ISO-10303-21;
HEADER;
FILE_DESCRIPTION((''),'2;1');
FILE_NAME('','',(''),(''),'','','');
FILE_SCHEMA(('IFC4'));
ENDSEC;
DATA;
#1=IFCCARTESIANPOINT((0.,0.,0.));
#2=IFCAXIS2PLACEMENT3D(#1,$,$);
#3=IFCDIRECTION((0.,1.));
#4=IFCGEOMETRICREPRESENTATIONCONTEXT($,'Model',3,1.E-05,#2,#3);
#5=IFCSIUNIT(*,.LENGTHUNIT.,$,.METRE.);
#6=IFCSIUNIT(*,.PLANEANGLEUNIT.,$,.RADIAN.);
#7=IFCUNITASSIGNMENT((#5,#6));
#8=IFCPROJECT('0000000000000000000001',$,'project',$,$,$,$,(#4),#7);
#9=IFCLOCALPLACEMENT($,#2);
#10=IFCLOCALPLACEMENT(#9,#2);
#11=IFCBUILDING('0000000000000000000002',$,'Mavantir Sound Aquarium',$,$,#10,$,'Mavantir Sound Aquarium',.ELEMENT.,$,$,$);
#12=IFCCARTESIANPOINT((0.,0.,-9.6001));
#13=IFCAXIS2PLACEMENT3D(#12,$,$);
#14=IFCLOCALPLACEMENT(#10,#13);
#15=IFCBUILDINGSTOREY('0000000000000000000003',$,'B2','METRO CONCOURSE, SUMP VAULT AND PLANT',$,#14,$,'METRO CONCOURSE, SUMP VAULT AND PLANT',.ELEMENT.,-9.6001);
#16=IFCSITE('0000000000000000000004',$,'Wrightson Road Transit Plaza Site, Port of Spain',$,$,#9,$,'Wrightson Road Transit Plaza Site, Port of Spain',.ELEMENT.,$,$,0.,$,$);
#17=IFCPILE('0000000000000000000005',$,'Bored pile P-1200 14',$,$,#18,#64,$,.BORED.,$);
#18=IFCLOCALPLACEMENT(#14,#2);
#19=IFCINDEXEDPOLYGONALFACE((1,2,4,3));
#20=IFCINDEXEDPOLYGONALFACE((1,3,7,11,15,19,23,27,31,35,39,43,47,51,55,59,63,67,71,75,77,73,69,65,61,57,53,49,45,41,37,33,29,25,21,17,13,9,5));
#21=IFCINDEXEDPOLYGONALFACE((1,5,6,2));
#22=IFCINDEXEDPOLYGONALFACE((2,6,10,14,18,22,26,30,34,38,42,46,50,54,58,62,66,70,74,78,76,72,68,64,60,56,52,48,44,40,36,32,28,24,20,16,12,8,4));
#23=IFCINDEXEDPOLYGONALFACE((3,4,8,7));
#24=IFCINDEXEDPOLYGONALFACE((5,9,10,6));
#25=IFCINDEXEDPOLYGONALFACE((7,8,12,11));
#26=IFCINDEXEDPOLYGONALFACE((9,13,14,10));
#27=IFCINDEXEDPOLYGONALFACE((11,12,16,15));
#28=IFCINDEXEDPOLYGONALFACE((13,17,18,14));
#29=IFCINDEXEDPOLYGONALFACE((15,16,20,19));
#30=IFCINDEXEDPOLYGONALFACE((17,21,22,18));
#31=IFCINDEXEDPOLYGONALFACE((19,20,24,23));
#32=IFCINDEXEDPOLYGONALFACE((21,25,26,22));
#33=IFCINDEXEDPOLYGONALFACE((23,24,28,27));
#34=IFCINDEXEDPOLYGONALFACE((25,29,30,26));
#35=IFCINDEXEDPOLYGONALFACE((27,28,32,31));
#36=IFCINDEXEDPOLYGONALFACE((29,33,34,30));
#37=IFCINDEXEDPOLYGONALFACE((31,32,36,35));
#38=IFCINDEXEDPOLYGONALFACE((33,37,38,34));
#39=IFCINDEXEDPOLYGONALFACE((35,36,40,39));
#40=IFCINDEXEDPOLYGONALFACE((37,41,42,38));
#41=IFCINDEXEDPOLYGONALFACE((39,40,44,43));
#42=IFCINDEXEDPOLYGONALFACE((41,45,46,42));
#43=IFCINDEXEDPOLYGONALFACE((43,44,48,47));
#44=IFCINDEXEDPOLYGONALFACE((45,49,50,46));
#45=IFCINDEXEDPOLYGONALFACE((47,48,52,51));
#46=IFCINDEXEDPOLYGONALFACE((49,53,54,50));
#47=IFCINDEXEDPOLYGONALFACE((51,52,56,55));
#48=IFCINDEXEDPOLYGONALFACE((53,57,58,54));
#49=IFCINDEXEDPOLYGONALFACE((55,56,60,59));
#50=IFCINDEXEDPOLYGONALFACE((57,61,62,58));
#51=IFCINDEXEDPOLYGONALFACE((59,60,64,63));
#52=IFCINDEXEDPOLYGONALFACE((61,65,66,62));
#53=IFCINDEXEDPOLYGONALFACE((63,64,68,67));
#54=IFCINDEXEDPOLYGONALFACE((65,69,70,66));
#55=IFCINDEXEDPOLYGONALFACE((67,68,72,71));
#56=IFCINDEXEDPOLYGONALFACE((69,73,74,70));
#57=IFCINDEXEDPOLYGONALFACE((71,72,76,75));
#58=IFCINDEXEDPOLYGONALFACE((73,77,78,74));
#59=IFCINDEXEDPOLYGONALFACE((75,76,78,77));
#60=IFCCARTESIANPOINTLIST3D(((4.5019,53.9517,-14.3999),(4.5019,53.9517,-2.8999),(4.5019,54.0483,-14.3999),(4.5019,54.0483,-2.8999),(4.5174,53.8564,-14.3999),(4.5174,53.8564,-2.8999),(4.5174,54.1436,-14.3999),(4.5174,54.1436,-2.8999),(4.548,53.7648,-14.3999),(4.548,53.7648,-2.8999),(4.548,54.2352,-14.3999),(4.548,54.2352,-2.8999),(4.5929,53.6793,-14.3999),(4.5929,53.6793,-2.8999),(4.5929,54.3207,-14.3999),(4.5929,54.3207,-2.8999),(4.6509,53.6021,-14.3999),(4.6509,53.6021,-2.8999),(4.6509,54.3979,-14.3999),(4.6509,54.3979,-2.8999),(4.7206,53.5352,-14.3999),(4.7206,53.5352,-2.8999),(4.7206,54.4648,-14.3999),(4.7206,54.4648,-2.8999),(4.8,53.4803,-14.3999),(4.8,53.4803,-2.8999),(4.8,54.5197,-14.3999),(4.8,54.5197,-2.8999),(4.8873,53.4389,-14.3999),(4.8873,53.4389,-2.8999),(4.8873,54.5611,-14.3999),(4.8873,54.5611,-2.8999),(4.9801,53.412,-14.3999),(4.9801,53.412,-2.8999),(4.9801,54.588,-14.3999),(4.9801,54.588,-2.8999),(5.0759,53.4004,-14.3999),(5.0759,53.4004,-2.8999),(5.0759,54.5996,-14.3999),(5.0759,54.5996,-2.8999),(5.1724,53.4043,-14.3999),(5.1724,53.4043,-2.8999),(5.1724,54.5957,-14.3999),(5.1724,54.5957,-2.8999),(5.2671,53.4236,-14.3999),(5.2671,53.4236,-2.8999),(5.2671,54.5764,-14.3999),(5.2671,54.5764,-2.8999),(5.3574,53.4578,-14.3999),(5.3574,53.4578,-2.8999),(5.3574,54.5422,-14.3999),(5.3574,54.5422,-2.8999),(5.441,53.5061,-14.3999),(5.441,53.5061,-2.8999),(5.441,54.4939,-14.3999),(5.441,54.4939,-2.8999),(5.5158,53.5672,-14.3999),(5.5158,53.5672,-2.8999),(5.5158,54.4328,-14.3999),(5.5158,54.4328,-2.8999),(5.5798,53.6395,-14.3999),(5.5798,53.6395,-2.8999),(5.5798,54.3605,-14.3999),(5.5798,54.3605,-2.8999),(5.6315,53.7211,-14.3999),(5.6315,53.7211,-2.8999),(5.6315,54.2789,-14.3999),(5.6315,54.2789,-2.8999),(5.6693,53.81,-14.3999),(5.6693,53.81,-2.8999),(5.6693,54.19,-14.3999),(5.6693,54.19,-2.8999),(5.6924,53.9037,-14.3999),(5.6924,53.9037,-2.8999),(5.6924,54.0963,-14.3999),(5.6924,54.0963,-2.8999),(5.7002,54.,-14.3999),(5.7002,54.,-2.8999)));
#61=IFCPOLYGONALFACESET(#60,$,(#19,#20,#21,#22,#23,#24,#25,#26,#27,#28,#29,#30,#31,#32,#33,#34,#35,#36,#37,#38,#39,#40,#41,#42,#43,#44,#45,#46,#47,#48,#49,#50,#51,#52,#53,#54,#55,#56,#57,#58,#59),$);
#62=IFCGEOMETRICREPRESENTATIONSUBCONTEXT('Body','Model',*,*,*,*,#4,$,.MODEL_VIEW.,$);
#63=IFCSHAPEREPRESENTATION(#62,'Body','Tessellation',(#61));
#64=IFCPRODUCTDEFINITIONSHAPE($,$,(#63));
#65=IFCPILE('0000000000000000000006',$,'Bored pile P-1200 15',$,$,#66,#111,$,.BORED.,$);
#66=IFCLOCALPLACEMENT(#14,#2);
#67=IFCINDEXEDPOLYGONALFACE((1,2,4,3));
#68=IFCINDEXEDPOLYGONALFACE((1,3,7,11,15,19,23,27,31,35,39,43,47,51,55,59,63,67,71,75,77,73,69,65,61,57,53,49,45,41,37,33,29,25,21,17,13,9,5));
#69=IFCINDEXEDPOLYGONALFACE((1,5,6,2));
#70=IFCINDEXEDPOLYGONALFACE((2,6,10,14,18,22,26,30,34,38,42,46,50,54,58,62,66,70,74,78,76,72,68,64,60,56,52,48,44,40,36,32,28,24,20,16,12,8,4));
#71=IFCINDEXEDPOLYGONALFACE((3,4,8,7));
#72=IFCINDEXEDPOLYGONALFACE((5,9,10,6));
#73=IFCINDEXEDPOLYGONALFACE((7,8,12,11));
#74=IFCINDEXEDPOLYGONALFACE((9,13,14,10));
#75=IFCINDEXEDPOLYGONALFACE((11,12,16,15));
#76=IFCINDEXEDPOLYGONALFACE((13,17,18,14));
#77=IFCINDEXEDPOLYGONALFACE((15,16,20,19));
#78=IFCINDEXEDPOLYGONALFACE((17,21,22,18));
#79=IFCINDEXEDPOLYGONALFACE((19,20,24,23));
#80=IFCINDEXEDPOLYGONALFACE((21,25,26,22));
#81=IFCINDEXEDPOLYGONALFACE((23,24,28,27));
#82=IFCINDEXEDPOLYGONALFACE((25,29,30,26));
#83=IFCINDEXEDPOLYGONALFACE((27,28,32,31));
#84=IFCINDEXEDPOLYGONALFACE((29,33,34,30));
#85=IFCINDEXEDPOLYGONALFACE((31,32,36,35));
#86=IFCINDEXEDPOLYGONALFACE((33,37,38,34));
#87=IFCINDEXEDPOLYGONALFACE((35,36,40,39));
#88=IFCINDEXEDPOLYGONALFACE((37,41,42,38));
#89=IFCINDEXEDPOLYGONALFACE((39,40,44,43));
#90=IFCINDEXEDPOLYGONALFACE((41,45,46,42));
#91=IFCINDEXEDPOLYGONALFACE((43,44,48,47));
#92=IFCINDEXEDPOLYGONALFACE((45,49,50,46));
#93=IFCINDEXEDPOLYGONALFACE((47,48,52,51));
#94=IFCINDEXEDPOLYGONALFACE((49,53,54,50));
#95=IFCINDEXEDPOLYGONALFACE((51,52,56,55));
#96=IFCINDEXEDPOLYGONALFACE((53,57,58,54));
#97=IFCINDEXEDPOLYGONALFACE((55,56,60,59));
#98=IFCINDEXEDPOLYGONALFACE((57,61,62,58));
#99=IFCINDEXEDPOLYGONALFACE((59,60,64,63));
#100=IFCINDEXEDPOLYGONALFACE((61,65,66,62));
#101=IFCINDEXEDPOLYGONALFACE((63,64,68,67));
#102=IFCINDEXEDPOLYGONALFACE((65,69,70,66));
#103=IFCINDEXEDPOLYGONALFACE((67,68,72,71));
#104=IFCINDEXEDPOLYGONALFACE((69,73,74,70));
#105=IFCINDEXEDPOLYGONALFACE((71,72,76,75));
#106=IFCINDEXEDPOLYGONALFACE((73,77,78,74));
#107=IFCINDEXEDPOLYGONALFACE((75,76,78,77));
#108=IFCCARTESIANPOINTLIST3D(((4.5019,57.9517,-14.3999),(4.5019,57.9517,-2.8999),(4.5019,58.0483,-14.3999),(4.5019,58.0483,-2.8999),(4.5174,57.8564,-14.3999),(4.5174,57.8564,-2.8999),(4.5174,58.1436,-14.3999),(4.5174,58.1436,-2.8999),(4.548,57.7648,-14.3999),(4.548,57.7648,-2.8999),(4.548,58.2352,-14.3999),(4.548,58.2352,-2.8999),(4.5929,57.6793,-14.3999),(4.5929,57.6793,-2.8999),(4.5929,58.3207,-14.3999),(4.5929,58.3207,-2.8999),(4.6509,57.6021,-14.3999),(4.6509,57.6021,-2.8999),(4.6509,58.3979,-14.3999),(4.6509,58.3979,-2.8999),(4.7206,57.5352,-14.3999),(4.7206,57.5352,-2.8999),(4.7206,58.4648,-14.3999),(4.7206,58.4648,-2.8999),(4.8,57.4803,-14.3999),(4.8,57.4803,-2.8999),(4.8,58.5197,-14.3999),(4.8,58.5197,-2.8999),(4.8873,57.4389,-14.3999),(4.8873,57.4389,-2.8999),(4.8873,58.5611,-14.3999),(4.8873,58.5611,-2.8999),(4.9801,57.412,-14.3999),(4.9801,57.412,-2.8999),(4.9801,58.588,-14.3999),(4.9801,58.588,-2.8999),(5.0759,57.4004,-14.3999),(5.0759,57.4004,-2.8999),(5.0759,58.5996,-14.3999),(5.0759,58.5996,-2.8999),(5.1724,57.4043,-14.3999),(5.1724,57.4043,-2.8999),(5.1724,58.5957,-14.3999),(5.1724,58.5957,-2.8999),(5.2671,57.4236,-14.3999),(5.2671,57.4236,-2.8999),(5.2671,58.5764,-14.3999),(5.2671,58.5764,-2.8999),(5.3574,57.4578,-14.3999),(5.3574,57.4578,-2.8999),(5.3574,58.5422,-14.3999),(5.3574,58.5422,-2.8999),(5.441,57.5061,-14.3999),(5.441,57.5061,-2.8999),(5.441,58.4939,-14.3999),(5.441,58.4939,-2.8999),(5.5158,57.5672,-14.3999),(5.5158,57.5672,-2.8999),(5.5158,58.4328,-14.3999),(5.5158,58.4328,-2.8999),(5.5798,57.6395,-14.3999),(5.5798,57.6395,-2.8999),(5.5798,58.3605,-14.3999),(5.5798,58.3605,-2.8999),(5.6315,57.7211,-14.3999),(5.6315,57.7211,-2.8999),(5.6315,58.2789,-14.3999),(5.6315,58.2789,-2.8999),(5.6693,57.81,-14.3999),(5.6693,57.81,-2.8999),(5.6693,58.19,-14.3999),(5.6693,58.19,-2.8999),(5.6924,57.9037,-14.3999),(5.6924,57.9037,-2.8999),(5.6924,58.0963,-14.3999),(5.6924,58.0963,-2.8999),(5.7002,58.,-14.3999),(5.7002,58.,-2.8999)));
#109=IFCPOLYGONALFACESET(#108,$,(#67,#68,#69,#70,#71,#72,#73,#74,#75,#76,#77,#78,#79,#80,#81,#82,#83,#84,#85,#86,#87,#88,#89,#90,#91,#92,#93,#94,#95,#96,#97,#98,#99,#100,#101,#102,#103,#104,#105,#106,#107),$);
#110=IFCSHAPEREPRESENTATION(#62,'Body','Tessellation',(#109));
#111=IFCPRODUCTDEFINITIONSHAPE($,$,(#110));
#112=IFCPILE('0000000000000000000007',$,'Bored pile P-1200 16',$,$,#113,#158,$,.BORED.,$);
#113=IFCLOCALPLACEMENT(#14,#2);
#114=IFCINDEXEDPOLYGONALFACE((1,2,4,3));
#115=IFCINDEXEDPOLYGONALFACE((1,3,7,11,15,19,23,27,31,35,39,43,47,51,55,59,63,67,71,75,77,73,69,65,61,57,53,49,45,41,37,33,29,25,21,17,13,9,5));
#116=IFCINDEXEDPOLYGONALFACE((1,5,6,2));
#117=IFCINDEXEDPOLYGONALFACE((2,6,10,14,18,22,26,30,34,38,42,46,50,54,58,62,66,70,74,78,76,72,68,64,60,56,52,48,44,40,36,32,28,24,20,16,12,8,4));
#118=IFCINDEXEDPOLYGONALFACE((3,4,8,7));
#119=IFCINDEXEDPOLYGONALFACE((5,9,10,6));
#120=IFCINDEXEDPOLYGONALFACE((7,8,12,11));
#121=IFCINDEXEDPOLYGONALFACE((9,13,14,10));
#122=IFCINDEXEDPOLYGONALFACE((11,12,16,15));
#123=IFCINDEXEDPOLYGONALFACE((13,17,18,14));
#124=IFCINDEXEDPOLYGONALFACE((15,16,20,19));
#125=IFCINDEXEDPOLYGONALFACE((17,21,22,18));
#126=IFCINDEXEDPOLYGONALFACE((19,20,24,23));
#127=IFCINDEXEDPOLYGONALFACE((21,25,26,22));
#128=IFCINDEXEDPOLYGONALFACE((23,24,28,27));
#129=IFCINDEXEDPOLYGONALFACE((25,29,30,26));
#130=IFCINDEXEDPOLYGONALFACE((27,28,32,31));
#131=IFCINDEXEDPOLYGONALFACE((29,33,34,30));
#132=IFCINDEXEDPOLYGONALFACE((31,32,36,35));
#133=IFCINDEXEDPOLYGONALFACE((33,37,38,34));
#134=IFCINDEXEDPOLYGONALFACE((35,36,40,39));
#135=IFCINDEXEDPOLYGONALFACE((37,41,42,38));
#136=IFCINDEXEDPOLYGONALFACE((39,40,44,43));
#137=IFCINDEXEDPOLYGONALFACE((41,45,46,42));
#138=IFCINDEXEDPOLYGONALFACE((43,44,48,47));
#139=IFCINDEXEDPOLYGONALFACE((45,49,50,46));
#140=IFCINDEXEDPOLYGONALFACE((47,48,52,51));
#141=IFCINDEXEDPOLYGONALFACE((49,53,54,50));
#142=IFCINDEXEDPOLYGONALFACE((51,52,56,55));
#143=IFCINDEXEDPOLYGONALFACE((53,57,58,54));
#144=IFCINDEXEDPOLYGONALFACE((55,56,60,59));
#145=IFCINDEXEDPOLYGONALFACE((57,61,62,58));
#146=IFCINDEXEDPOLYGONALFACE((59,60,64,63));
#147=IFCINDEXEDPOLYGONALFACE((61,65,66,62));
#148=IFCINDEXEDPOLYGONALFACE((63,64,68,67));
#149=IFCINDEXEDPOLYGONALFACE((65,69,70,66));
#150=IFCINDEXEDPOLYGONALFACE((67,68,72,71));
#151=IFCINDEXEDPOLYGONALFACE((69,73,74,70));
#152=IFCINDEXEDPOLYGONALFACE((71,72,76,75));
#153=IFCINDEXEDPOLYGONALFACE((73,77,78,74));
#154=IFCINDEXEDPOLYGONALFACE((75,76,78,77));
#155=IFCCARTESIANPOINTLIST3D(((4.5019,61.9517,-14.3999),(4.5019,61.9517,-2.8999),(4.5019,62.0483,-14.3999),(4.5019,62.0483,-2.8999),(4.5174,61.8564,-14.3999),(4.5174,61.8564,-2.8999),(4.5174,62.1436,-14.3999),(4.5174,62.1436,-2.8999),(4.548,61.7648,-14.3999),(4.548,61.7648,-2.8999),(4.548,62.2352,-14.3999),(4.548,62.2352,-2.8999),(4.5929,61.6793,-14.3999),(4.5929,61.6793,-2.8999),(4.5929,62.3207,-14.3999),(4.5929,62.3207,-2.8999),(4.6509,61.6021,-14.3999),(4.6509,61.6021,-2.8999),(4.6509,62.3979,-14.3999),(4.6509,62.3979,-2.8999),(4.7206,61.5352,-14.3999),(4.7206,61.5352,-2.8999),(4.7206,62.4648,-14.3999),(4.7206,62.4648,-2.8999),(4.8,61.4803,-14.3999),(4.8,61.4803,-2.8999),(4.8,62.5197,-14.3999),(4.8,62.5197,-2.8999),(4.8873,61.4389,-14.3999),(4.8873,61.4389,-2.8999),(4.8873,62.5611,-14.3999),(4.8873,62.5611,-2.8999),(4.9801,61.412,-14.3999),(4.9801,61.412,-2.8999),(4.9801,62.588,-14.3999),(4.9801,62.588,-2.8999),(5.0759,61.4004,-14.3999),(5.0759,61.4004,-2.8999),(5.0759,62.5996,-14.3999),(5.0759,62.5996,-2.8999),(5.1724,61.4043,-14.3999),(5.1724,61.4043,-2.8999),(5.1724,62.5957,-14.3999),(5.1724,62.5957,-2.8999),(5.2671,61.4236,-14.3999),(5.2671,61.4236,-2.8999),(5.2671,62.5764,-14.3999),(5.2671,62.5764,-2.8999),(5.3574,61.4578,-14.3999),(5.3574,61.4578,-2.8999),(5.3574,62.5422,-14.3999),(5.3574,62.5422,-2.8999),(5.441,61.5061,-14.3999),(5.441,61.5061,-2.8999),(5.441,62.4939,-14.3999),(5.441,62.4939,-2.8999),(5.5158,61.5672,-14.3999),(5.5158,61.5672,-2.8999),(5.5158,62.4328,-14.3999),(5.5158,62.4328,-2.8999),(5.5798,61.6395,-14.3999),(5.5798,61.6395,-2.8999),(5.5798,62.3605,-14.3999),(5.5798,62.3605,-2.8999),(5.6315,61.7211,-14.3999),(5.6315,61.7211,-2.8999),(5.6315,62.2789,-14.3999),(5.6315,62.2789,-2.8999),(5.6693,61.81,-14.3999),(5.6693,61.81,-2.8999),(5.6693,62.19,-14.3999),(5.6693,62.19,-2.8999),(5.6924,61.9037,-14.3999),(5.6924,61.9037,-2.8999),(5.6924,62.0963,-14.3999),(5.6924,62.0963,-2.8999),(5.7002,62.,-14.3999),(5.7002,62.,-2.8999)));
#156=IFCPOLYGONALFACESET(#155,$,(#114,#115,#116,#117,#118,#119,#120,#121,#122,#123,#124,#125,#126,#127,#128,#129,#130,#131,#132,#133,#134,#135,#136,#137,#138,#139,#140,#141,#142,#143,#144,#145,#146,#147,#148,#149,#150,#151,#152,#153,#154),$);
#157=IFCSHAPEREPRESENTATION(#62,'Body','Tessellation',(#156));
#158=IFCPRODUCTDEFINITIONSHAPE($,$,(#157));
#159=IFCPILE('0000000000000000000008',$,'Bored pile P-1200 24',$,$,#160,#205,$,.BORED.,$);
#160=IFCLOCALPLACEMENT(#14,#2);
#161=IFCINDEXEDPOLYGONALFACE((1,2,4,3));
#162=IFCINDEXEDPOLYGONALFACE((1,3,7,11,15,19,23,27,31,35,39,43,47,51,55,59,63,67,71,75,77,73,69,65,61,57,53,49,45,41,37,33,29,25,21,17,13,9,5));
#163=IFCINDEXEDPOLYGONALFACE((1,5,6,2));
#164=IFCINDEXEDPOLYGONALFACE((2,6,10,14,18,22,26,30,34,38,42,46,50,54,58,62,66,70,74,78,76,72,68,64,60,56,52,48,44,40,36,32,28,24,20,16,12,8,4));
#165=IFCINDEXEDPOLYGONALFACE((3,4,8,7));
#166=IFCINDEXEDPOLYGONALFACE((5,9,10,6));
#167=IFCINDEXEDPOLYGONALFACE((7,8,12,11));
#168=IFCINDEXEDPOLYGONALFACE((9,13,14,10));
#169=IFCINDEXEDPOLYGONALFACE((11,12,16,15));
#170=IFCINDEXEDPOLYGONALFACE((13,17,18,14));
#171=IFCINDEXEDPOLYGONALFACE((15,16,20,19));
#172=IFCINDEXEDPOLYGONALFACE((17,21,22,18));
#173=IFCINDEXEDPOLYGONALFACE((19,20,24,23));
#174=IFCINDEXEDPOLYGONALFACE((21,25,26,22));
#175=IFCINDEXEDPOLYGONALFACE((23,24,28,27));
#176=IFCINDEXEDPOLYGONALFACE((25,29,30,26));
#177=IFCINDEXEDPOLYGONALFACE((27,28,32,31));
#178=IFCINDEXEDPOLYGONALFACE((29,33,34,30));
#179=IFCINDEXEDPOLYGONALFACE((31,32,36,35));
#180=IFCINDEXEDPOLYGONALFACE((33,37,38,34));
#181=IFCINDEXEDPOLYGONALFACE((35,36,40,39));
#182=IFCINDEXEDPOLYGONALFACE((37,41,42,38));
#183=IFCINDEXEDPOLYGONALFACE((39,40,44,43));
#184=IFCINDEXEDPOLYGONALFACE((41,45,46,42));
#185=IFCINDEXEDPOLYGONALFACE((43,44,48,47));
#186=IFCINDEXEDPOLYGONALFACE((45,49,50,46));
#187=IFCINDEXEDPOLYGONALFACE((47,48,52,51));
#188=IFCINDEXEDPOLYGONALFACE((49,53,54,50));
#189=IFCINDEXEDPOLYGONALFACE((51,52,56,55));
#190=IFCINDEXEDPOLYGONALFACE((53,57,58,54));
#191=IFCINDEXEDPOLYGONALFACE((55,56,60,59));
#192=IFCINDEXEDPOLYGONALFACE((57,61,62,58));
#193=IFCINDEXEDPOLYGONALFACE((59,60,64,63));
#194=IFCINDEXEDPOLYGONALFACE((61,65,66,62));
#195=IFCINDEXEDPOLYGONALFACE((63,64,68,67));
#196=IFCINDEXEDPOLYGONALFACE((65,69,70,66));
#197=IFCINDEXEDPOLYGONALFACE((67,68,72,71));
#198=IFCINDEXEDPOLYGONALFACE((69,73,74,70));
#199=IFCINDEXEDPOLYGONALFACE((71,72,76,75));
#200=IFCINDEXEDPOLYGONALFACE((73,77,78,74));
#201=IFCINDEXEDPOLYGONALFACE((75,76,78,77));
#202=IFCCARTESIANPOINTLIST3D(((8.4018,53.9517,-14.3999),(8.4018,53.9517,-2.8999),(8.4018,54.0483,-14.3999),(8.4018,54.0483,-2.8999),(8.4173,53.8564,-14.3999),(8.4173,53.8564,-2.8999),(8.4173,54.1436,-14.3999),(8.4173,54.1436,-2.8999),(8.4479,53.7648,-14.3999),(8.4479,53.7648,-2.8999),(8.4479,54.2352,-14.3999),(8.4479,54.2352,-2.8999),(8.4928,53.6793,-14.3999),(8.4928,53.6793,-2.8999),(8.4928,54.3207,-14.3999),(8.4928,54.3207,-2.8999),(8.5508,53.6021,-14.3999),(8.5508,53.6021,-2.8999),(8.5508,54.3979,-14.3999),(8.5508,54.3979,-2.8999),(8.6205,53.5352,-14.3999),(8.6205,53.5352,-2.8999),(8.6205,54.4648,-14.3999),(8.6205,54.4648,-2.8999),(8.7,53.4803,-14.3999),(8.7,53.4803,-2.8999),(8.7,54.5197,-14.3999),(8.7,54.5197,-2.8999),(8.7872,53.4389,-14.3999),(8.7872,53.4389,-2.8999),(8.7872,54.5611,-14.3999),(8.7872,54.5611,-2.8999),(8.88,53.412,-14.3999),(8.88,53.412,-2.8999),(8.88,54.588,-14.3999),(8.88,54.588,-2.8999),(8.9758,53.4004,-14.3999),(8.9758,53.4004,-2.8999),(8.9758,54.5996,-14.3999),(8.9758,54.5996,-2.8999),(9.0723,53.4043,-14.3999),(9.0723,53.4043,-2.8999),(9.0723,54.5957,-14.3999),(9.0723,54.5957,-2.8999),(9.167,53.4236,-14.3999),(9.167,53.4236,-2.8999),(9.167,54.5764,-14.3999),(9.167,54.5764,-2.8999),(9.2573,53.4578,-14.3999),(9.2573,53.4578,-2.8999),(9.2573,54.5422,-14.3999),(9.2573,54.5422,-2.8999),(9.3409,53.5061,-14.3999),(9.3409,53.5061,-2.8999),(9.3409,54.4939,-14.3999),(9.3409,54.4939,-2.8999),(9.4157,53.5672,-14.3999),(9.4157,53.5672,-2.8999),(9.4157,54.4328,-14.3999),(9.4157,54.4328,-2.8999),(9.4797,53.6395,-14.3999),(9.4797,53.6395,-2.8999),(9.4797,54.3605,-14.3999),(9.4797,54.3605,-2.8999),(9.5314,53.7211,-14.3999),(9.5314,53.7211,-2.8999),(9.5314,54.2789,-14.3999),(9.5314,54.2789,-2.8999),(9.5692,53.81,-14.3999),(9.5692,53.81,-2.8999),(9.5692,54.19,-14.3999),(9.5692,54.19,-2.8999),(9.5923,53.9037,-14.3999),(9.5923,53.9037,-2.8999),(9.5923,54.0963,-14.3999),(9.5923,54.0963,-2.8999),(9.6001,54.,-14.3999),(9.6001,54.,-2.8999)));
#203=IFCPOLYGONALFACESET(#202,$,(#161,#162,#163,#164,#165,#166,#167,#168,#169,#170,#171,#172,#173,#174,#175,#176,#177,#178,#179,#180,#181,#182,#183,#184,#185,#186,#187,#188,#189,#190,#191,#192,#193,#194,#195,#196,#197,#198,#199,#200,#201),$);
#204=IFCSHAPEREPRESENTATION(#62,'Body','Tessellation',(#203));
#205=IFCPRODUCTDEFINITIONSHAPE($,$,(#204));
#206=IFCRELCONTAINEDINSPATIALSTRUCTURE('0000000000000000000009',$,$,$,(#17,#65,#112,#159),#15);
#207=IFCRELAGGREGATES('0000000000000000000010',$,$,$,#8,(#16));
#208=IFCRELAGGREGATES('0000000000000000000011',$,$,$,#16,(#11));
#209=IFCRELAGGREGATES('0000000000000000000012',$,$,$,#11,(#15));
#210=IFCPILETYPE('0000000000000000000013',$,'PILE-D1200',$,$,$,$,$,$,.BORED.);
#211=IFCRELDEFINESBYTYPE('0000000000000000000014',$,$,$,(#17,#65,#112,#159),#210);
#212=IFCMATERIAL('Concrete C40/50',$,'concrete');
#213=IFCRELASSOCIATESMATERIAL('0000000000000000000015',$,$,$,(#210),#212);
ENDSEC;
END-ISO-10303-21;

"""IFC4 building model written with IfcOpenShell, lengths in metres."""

from ifc_helpers import new_model, si_unit, direction, frame, origin, origin_2d, place, context, subcontext, project, spatial, circle, extrude, material, material_profile, profile_set, type_object, element, save


model = new_model("IFC4")

# Units and contexts
model_context = context("Model", 3, precision=1e-05, world=origin(), true_north=direction((0.0, 1.0)))
body_context = subcontext(model_context, "Body", "Model", "MODEL_VIEW")
ifc_project = project(units=[si_unit("LENGTHUNIT", "METRE"), si_unit("PLANEANGLEUNIT", "RADIAN")], contexts=[model_context])

# Site, building, storey
site_placement = place(None, origin())
site = spatial("IfcSite", under=ifc_project, at=site_placement, Name="Wrightson Road Transit Plaza Site, Port of Spain", LongName="Wrightson Road Transit Plaza Site, Port of Spain", CompositionType="ELEMENT", RefElevation=0.0)
building_placement = place(site_placement, origin())
building = spatial("IfcBuilding", under=site, at=building_placement, Name="Mavantir Sound Aquarium", LongName="Mavantir Sound Aquarium", CompositionType="ELEMENT")
storey_placement = place(building_placement, frame((0.0, 0.0, -9.6001)))
storey = spatial("IfcBuildingStorey", under=building, at=storey_placement, Name="B2", Description="METRO CONCOURSE, SUMP VAULT AND PLANT", LongName="METRO CONCOURSE, SUMP VAULT AND PLANT", CompositionType="ELEMENT", Elevation=-9.6001)

# Piles
ifc_material_1 = material(Name="Concrete C40/50", Category="concrete")
ifc_material_profile_1 = material_profile(ifc_material_1, circle(Radius=0.6001, at=origin_2d()), Name="PILE D1200")
ifc_profile_set_1 = profile_set([ifc_material_profile_1], Name="Concrete C40/50")
pile_type = type_object("IfcPileType", Name="PILE-D1200", PredefinedType="BORED", material=ifc_profile_set_1)
for number, where, z_axis, x_axis, name in (
    (1, (5.1001, 54.0, -2.8999), (0.0, 0.0, -1.0), (1.0, 0.0, 0.0), "Bored pile P-1200 14"),
    (2, (5.1001, 58.0, -2.8999), (0.0, 0.0, -1.0), (1.0, 0.0, 0.0), "Bored pile P-1200 15"),
    (3, (5.1001, 62.0, -2.8999), (0.0, 0.0, -1.0), (1.0, 0.0, 0.0), "Bored pile P-1200 16"),
    (4, (9.0, 54.0, -2.8999), (0.0, 0.0, -1.0), (1.0, 0.0, 0.0), "Bored pile P-1200 24"),
):
    element("IfcPile", number, at=place(storey_placement, frame(where, z_axis=z_axis, x_axis=x_axis)), inside=storey, type_object=pile_type, Name=name, PredefinedType="BORED", context=body_context, shape_type="SweptSolid", body=[
        extrude(circle(Radius=0.6001, at=origin_2d()), origin(), (0.0, 0.0, 1.0), 11.5),
    ])

save(model, "model.ifc")
